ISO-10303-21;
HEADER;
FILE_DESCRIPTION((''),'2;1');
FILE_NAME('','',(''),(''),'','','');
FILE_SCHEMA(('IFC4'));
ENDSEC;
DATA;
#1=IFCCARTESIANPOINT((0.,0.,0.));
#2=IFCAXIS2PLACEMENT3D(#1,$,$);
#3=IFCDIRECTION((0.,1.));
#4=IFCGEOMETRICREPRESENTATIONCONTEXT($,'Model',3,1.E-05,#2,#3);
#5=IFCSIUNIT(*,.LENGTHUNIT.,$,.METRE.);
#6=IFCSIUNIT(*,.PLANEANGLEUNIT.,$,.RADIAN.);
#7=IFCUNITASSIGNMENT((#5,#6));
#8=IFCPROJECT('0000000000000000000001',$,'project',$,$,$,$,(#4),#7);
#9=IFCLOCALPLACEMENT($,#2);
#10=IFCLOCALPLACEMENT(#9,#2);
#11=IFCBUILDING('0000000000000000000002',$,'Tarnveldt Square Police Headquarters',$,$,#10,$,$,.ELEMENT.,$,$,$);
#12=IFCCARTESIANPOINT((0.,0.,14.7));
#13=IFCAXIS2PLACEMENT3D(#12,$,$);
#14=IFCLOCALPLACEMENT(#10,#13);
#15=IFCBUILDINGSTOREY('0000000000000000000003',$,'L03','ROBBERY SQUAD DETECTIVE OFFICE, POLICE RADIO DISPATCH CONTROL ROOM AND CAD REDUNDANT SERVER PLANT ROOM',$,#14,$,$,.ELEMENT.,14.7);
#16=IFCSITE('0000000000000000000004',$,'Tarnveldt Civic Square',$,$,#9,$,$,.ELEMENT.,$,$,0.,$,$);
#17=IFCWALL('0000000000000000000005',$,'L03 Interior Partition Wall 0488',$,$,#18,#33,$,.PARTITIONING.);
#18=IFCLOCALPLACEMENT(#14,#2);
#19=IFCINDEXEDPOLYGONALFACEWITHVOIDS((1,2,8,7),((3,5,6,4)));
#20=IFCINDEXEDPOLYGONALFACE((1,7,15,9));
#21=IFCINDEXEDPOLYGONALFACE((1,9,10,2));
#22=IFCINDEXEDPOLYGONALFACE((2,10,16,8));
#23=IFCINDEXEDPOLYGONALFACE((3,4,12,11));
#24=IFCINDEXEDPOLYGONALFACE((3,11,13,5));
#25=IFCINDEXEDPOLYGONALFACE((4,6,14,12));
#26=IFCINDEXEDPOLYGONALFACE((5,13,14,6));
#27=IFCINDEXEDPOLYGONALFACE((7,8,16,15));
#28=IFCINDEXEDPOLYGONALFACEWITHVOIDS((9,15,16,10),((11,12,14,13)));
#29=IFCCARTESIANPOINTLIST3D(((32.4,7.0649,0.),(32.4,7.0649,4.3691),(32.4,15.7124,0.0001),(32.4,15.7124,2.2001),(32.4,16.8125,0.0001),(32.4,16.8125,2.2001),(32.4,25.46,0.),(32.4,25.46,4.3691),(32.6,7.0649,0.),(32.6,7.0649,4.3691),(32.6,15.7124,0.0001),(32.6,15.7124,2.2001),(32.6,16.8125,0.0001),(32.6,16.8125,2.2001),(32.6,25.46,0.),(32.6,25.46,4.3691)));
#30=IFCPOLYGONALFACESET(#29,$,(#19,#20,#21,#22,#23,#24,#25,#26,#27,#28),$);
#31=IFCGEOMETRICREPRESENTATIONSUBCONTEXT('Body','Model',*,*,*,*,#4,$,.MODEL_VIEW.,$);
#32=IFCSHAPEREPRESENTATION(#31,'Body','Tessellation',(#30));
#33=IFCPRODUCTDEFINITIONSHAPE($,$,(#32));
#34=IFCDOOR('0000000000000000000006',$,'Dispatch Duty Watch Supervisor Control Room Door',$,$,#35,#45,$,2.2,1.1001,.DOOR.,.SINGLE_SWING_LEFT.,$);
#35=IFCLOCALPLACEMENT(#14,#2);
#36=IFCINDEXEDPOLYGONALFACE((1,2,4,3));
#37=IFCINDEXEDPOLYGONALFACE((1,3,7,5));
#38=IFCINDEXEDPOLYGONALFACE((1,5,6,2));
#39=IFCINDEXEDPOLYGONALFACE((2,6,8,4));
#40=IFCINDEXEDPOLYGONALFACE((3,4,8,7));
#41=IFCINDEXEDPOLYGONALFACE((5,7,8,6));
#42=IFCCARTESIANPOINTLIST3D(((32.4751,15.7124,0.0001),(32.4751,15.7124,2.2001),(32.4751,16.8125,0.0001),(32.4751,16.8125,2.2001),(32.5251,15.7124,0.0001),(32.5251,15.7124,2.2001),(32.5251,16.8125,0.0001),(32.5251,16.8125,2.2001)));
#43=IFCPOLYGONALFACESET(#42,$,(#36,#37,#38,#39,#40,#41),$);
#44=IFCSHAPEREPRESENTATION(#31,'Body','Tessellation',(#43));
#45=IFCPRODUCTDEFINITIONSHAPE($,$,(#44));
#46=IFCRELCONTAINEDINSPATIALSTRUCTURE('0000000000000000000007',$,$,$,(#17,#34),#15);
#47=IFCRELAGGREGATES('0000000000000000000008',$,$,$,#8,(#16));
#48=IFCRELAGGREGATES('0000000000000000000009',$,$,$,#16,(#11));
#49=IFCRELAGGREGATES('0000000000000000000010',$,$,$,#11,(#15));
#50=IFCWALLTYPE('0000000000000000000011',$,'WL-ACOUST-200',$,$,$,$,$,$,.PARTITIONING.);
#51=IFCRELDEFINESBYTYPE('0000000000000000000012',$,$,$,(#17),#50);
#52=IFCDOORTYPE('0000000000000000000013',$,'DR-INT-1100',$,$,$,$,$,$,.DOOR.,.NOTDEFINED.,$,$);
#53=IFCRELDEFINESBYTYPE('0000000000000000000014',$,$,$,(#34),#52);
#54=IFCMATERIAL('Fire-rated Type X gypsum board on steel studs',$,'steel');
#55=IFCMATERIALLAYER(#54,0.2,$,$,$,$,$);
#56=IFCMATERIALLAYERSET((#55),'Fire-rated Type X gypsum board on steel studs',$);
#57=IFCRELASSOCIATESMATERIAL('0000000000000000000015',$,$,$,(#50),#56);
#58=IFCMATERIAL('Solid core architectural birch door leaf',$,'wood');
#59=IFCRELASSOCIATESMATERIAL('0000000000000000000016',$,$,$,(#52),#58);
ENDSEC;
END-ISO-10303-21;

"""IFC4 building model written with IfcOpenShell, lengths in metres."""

from ifc_helpers import new_model, si_unit, direction, frame, frame_2d, origin, place, context, subcontext, project, spatial, rectangle, extrude, material, layer, layer_set, type_object, element, fill, save


model = new_model("IFC4")

# Units and contexts
model_context = context("Model", 3, precision=1e-05, world=origin(), true_north=direction((0.0, 1.0)))
body_context = subcontext(model_context, "Body", "Model", "MODEL_VIEW")
ifc_project = project(units=[si_unit("LENGTHUNIT", "METRE"), si_unit("PLANEANGLEUNIT", "RADIAN")], contexts=[model_context])

# Site, building, storey
site_placement = place(None, origin())
site = spatial("IfcSite", under=ifc_project, at=site_placement, Name="Tarnveldt Civic Square", CompositionType="ELEMENT", RefElevation=0.0)
building_placement = place(site_placement, origin())
building = spatial("IfcBuilding", under=site, at=building_placement, Name="Tarnveldt Square Police Headquarters", CompositionType="ELEMENT")
storey_placement = place(building_placement, frame((0.0, 0.0, 14.7)))
storey = spatial("IfcBuildingStorey", under=building, at=storey_placement, Name="L03", Description="ROBBERY SQUAD DETECTIVE OFFICE, POLICE RADIO DISPATCH CONTROL ROOM AND CAD REDUNDANT SERVER PLANT ROOM", CompositionType="ELEMENT", Elevation=14.7)

# Shared definitions
ifc_material_1 = material(Name="Fire-rated Type X gypsum board on steel studs", Category="steel")
ifc_layer_1 = layer(ifc_material_1, 0.2)
ifc_layer_set_1 = layer_set([ifc_layer_1], Name="Fire-rated Type X gypsum board on steel studs")
wall_type = type_object("IfcWallType", Name="WL-ACOUST-200", PredefinedType="PARTITIONING", material=ifc_layer_set_1)

# Wall, opening, door
wall_1_placement = place(storey_placement, frame((32.5, 7.0649, 0.0), z_axis=(0.0, 0.0, 1.0), x_axis=(0.0, 1.0, 0.0)))
wall_1 = element("IfcWall", 1, at=wall_1_placement, inside=storey, type_object=wall_type, Name="L03 Interior Partition Wall 0488", PredefinedType="PARTITIONING", context=body_context, shape_type="SweptSolid", body=[
    extrude(rectangle(XDim=18.395, YDim=0.2, at=frame_2d((9.1975, 0.0))), origin(), (0.0, 0.0, 1.0), 4.3691),
])
opening_placement = place(wall_1_placement, frame((8.6475, 0.0, 0.0)))
opening = element("IfcOpeningElement", 2, at=opening_placement, cuts=wall_1, PredefinedType="OPENING", context=body_context, shape_type="SweptSolid", body=[
    extrude(rectangle(XDim=1.1001, YDim=2.2, at=frame_2d((0.55, 1.1001))), frame((0.0, 0.1099, 0.0), z_axis=(0.0, -1.0, 0.0), x_axis=(1.0, 0.0, 0.0)), (0.0, 0.0, 1.0), 0.22),
])
ifc_material_2 = material(Name="Solid core architectural birch door leaf", Category="wood")
door_type = type_object("IfcDoorType", Name="DR-INT-1100", OperationType="NOTDEFINED", PredefinedType="DOOR", material=ifc_material_2)
door_placement = place(opening_placement, origin())
door = element("IfcDoor", 3, at=door_placement, inside=storey, type_object=door_type, Name="Dispatch Duty Watch Supervisor Control Room Door", OperationType="SINGLE_SWING_LEFT", OverallHeight=2.2, OverallWidth=1.1001, PredefinedType="DOOR", context=body_context, shape_type="SweptSolid", body=[
    extrude(rectangle(XDim=1.1001, YDim=2.2, at=frame_2d((0.55, 1.1001))), frame((0.0, 0.0249, 0.0), z_axis=(0.0, -1.0, 0.0), x_axis=(1.0, 0.0, 0.0)), (0.0, 0.0, 1.0), 0.05),
])
fill(opening, door)

save(model, "model.ifc")
